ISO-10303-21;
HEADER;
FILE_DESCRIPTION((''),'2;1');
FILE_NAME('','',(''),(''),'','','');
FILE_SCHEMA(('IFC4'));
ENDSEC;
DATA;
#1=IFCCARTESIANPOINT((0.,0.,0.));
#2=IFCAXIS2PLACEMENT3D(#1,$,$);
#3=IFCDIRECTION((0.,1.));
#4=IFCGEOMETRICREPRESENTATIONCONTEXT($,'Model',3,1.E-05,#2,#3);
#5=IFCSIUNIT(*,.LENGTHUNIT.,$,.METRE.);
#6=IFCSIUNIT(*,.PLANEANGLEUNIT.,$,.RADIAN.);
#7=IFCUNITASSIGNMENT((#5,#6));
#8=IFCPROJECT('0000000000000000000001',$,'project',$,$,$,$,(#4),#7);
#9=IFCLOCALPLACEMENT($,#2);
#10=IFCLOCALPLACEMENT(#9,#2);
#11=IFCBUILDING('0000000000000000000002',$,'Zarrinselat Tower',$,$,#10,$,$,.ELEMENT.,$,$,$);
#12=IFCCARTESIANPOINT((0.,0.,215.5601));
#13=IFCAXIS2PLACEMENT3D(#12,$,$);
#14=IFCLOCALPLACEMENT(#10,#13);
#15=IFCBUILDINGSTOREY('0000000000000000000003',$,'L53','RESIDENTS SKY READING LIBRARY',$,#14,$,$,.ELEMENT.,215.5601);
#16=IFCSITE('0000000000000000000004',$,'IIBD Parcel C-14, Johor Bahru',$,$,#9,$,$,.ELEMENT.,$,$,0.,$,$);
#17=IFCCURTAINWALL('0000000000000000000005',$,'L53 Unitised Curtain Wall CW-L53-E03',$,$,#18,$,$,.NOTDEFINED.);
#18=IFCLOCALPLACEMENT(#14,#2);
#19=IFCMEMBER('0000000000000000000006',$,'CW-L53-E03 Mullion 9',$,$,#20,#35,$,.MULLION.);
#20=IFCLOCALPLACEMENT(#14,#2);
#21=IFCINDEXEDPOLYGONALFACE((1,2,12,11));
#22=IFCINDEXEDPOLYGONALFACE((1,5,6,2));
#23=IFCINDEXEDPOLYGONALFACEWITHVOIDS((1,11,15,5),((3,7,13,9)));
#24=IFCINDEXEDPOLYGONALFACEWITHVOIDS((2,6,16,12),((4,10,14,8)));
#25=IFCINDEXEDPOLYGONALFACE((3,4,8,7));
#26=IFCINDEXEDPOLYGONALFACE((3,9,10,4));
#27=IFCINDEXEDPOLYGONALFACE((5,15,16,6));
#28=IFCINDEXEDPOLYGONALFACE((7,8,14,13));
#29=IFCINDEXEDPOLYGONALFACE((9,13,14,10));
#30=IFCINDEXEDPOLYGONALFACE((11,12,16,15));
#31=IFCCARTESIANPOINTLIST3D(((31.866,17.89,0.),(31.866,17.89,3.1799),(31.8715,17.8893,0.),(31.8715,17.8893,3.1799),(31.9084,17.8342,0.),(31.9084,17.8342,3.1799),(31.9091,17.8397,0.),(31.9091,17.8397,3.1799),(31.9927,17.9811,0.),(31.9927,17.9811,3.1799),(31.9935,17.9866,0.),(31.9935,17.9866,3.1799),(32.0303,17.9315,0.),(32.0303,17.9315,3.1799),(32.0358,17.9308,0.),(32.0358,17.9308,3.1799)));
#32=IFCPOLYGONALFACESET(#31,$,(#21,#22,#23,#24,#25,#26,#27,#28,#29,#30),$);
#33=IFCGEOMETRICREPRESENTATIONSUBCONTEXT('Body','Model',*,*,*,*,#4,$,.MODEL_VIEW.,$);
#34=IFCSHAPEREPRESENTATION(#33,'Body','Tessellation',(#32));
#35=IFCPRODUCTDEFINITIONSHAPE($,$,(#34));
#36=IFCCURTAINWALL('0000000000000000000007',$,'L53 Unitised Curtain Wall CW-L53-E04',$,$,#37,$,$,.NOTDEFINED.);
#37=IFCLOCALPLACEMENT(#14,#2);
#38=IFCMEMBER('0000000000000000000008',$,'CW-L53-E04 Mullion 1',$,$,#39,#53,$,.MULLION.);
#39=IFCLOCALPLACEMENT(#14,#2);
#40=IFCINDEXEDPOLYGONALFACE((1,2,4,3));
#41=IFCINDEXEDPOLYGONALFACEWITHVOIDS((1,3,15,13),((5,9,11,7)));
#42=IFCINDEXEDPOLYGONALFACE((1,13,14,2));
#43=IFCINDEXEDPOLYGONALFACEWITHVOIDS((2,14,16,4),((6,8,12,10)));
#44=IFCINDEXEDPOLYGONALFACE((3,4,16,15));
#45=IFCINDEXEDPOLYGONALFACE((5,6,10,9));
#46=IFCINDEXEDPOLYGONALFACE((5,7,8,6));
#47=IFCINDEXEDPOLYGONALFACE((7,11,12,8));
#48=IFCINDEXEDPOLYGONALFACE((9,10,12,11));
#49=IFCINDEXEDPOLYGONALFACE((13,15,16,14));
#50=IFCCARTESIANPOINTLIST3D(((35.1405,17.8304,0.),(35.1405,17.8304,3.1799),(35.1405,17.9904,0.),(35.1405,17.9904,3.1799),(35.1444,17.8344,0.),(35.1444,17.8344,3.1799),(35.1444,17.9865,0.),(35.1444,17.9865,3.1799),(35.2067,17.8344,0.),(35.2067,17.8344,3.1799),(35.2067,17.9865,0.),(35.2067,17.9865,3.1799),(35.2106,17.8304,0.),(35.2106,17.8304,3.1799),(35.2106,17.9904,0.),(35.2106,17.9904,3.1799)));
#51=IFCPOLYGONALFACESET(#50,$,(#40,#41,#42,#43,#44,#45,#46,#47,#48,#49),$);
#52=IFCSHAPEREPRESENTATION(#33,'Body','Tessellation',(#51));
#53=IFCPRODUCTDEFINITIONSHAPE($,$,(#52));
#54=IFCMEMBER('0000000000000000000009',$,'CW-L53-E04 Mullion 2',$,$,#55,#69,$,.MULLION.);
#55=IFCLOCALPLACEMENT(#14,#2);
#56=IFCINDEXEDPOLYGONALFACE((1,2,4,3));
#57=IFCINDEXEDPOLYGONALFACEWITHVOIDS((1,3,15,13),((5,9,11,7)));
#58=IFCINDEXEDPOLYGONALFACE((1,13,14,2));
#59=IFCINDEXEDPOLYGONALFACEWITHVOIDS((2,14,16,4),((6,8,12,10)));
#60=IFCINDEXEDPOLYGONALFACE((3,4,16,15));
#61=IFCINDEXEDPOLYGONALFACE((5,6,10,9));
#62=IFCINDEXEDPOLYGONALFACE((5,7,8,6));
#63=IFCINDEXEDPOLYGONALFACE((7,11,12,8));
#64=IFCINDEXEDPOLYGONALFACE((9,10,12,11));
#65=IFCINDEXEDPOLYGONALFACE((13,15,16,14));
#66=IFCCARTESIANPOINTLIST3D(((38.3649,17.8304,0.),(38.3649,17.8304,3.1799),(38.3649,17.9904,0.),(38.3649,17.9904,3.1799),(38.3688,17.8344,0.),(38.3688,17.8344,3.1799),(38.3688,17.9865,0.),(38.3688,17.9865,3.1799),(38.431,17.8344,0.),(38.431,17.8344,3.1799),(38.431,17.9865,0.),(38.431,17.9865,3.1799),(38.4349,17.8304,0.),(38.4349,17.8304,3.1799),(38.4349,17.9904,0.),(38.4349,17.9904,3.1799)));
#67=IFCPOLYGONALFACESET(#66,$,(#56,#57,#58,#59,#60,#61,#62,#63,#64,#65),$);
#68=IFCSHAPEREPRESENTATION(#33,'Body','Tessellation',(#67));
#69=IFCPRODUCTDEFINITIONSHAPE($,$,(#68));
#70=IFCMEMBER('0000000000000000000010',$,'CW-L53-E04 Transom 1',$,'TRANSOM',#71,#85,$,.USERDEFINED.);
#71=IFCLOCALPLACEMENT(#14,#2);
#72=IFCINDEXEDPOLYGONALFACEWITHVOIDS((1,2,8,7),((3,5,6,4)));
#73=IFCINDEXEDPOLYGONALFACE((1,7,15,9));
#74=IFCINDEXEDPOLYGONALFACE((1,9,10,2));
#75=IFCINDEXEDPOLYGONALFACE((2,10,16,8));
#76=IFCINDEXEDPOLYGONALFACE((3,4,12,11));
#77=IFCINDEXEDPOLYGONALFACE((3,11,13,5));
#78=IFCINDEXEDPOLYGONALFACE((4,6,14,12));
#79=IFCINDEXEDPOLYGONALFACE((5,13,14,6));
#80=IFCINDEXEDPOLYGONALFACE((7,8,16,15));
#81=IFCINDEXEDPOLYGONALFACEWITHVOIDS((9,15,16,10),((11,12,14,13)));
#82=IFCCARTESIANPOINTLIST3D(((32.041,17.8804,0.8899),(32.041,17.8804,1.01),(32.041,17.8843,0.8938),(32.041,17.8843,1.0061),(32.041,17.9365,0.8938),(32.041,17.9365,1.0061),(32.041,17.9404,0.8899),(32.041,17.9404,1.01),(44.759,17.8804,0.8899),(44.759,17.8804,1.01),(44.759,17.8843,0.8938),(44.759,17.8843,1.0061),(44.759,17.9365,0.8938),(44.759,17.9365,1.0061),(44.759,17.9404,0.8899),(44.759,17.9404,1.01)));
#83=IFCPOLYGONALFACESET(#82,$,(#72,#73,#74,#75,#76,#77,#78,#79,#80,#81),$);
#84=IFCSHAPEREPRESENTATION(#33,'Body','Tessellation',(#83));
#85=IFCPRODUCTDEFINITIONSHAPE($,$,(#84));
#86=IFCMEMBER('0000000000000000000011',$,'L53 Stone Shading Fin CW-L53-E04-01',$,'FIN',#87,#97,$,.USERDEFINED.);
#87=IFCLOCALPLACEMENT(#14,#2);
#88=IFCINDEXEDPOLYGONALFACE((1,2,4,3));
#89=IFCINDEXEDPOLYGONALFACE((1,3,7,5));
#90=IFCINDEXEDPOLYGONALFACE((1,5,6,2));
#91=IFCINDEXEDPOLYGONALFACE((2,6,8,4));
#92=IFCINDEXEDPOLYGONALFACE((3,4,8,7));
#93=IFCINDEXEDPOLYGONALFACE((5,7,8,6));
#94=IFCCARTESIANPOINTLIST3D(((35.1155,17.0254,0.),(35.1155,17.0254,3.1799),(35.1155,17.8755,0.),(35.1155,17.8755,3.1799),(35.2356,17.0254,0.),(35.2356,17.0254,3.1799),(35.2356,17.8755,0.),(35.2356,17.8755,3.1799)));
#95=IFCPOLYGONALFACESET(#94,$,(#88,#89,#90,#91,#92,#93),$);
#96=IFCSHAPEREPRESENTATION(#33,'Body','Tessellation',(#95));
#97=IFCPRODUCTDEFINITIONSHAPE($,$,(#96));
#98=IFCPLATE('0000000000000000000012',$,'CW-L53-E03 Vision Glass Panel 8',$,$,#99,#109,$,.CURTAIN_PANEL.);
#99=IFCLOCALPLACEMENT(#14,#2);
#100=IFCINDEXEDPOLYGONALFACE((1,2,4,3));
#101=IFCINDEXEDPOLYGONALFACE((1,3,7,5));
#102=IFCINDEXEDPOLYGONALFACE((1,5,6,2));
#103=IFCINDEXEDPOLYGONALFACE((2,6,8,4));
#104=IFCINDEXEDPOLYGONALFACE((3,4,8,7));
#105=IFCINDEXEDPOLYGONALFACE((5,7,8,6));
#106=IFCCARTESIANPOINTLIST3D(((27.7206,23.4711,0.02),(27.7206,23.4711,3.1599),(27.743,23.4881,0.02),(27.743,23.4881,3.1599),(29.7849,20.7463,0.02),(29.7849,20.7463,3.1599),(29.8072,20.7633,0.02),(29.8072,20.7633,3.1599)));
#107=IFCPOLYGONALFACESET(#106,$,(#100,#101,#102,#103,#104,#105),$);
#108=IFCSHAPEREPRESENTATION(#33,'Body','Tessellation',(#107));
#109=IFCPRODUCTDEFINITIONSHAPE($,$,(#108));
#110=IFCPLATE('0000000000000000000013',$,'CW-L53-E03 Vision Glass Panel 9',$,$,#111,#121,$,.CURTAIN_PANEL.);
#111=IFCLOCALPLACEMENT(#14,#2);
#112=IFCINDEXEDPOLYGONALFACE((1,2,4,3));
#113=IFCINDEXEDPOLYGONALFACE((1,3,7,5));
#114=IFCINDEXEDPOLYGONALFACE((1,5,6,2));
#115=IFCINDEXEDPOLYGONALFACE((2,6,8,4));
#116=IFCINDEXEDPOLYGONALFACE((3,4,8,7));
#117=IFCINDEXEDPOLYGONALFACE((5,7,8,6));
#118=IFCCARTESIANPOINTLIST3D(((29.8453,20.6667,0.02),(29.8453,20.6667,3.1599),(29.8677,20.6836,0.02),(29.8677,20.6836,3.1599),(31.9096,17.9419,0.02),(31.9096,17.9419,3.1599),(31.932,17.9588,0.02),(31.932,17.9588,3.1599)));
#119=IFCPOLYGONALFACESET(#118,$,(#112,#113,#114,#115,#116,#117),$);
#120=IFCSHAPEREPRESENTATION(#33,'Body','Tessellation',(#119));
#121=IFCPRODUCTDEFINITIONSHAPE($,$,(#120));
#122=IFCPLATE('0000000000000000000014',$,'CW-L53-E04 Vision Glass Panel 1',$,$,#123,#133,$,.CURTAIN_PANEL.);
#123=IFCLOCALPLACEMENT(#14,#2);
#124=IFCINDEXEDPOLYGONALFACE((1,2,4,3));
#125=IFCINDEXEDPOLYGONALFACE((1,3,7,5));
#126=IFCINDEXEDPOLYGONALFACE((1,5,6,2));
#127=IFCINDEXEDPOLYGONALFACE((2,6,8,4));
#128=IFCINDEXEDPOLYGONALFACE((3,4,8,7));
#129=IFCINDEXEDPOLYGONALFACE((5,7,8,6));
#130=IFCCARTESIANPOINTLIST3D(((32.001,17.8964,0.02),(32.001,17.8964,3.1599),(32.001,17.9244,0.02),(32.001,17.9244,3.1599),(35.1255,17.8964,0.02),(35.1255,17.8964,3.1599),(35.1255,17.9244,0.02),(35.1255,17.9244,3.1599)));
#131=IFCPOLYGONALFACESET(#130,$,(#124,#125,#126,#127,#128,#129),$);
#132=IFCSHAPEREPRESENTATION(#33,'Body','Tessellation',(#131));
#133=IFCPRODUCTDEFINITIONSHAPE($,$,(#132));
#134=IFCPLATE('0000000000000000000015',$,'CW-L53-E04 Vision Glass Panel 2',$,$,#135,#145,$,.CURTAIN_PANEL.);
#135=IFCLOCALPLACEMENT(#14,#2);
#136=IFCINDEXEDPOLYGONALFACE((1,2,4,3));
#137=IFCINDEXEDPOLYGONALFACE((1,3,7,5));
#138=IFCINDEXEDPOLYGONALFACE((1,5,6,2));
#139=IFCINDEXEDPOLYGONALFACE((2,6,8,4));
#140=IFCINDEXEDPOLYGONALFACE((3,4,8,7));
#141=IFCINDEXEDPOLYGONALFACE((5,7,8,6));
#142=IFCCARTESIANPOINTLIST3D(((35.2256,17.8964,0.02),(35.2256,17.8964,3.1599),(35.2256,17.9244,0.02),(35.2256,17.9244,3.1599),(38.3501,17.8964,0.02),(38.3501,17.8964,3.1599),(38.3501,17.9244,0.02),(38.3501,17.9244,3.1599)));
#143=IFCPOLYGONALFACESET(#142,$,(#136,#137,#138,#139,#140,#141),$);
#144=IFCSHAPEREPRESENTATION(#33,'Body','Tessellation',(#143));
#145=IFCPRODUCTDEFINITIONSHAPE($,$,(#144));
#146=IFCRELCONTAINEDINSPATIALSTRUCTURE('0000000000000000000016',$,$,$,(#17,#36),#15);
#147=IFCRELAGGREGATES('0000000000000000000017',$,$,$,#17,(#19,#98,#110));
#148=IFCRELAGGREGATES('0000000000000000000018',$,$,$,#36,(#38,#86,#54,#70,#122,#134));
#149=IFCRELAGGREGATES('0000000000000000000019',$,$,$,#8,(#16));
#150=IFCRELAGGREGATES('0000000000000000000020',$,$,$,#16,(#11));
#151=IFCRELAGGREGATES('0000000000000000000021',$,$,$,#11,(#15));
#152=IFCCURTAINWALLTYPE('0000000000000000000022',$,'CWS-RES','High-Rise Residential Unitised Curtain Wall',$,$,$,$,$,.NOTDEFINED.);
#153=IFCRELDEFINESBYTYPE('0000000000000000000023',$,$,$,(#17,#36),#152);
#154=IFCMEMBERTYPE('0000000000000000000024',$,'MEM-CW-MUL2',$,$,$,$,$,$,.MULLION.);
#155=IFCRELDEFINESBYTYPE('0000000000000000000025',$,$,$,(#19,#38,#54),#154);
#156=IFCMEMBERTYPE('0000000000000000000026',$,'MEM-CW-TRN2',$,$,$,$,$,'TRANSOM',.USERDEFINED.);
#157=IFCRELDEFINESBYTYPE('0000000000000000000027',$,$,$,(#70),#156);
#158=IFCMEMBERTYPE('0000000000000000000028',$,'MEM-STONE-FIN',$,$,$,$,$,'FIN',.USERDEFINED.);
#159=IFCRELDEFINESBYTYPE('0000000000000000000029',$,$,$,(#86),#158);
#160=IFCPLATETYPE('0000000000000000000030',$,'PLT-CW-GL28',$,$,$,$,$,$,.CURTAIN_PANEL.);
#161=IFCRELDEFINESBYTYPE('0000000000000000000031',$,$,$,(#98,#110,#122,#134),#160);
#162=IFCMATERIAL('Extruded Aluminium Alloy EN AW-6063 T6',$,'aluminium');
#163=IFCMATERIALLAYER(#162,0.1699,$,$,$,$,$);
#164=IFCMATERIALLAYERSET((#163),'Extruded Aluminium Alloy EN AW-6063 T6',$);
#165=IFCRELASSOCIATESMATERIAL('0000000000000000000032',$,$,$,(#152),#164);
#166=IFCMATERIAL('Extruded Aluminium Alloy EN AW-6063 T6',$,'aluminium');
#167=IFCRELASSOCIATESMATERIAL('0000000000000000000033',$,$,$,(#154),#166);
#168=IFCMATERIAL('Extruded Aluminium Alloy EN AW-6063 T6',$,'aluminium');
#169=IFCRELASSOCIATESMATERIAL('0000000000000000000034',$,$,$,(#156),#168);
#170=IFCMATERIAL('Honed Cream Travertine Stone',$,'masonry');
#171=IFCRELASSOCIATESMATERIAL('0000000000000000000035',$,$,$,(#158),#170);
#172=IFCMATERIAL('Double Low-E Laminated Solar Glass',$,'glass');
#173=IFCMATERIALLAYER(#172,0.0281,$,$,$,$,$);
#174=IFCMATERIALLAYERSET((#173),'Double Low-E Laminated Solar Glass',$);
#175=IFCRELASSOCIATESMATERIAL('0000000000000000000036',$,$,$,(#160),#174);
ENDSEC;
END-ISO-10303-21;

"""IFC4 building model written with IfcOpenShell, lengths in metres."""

from ifc_helpers import new_model, si_unit, direction, frame, origin, origin_2d, place, context, subcontext, project, spatial, rectangle, hollow_rectangle, extrude, material, layer, layer_set, material_profile, profile_set, type_object, element, aggregate, save


model = new_model("IFC4")

# Units and contexts
model_context = context("Model", 3, precision=1e-05, world=origin(), true_north=direction((0.0, 1.0)))
body_context = subcontext(model_context, "Body", "Model", "MODEL_VIEW")
ifc_project = project(units=[si_unit("LENGTHUNIT", "METRE"), si_unit("PLANEANGLEUNIT", "RADIAN")], contexts=[model_context])

# Site, building, storey
site_placement = place(None, origin())
site = spatial("IfcSite", under=ifc_project, at=site_placement, Name="IIBD Parcel C-14, Johor Bahru", CompositionType="ELEMENT", RefElevation=0.0)
building_placement = place(site_placement, origin())
building = spatial("IfcBuilding", under=site, at=building_placement, Name="Zarrinselat Tower", CompositionType="ELEMENT")
storey_placement = place(building_placement, frame((0.0, 0.0, 215.5601)))
storey = spatial("IfcBuildingStorey", under=building, at=storey_placement, Name="L53", Description="RESIDENTS SKY READING LIBRARY", CompositionType="ELEMENT", Elevation=215.5601)

# Curtain walls, members
ifc_material_1 = material(Name="Extruded Aluminium Alloy EN AW-6063 T6", Category="aluminium")
ifc_layer_1 = layer(ifc_material_1, 0.1699)
ifc_layer_set_1 = layer_set([ifc_layer_1], Name="Extruded Aluminium Alloy EN AW-6063 T6")
curtain_wall_type = type_object("IfcCurtainWallType", Name="CWS-RES", Description="High-Rise Residential Unitised Curtain Wall", PredefinedType="NOTDEFINED", material=ifc_layer_set_1)
curtain_wall_1_placement = place(storey_placement, origin())
curtain_wall_1 = element("IfcCurtainWall", 1, at=curtain_wall_1_placement, inside=storey, type_object=curtain_wall_type, Name="L53 Unitised Curtain Wall CW-L53-E03", PredefinedType="NOTDEFINED")
ifc_material_2 = material(Name="Extruded Aluminium Alloy EN AW-6063 T6", Category="aluminium")
ifc_material_profile_1 = material_profile(ifc_material_2, hollow_rectangle(XDim=0.0701, YDim=0.1599, WallThickness=0.0039, at=origin_2d()), Name="RHS 160x70x4")
ifc_profile_set_1 = profile_set([ifc_material_profile_1], Name="Extruded Aluminium Alloy EN AW-6063 T6")
member_type_1 = type_object("IfcMemberType", Name="MEM-CW-MUL2", PredefinedType="MULLION", material=ifc_profile_set_1)
member_1_placement = place(storey_placement, frame((31.9509, 17.9104, 0.0), z_axis=(0.0, 0.0, 1.0), x_axis=(0.603859, -0.797091, 0.0)))
member_1 = element("IfcMember", 2, at=member_1_placement, type_object=member_type_1, Name="CW-L53-E03 Mullion 9", PredefinedType="MULLION", context=body_context, shape_type="SweptSolid", body=[
    extrude(hollow_rectangle(XDim=0.0701, YDim=0.1599, WallThickness=0.0039, at=origin_2d()), origin(), (0.0, 0.0, 1.0), 3.1799),
])
curtain_wall_2_placement = place(storey_placement, origin())
curtain_wall_2 = element("IfcCurtainWall", 3, at=curtain_wall_2_placement, inside=storey, type_object=curtain_wall_type, Name="L53 Unitised Curtain Wall CW-L53-E04", PredefinedType="NOTDEFINED")
member_2_placement = place(storey_placement, frame((35.1755, 17.9104, 0.0), z_axis=(0.0, 0.0, 1.0), x_axis=(1.0, 0.0, 0.0)))
member_2 = element("IfcMember", 4, at=member_2_placement, type_object=member_type_1, Name="CW-L53-E04 Mullion 1", PredefinedType="MULLION", context=body_context, shape_type="SweptSolid", body=[
    extrude(hollow_rectangle(XDim=0.0701, YDim=0.1599, WallThickness=0.0039, at=origin_2d()), origin(), (0.0, 0.0, 1.0), 3.1799),
])
member_3_placement = place(storey_placement, frame((38.3999, 17.9104, 0.0), z_axis=(0.0, 0.0, 1.0), x_axis=(1.0, 0.0, 0.0)))
member_3 = element("IfcMember", 5, at=member_3_placement, type_object=member_type_1, Name="CW-L53-E04 Mullion 2", PredefinedType="MULLION", context=body_context, shape_type="SweptSolid", body=[
    extrude(hollow_rectangle(XDim=0.0701, YDim=0.1599, WallThickness=0.0039, at=origin_2d()), origin(), (0.0, 0.0, 1.0), 3.1799),
])
ifc_material_3 = material(Name="Extruded Aluminium Alloy EN AW-6063 T6", Category="aluminium")
ifc_material_profile_2 = material_profile(ifc_material_3, hollow_rectangle(XDim=0.0601, YDim=0.1201, WallThickness=0.0039, at=origin_2d()), Name="RHS 120x60x4")
ifc_profile_set_2 = profile_set([ifc_material_profile_2], Name="Extruded Aluminium Alloy EN AW-6063 T6")
member_type_2 = type_object("IfcMemberType", Name="MEM-CW-TRN2", ElementType="TRANSOM", PredefinedType="USERDEFINED", material=ifc_profile_set_2)
member_4_placement = place(storey_placement, frame((32.041, 17.9104, 0.95), z_axis=(1.0, 0.0, 0.0), x_axis=(0.0, 1.0, 0.0)))
member_4 = element("IfcMember", 6, at=member_4_placement, type_object=member_type_2, Name="CW-L53-E04 Transom 1", ObjectType="TRANSOM", PredefinedType="USERDEFINED", context=body_context, shape_type="SweptSolid", body=[
    extrude(hollow_rectangle(XDim=0.0601, YDim=0.1201, WallThickness=0.0039, at=origin_2d()), origin(), (0.0, 0.0, 1.0), 12.718),
])
ifc_material_4 = material(Name="Honed Cream Travertine Stone", Category="masonry")
ifc_material_profile_3 = material_profile(ifc_material_4, rectangle(XDim=0.1201, YDim=0.8501, at=origin_2d()), Name="FIN 850x120")
ifc_profile_set_3 = profile_set([ifc_material_profile_3], Name="Honed Cream Travertine Stone")
member_type_3 = type_object("IfcMemberType", Name="MEM-STONE-FIN", ElementType="FIN", PredefinedType="USERDEFINED", material=ifc_profile_set_3)
member_5_placement = place(storey_placement, frame((35.1755, 17.4504, 0.0), z_axis=(0.0, 0.0, 1.0), x_axis=(-1.0, 0.0, 0.0)))
member_5 = element("IfcMember", 7, at=member_5_placement, type_object=member_type_3, Name="L53 Stone Shading Fin CW-L53-E04-01", ObjectType="FIN", PredefinedType="USERDEFINED", context=body_context, shape_type="SweptSolid", body=[
    extrude(rectangle(XDim=0.1201, YDim=0.8501, at=origin_2d()), origin(), (0.0, 0.0, 1.0), 3.1799),
])

# Plates
ifc_material_5 = material(Name="Double Low-E Laminated Solar Glass", Category="glass")
ifc_layer_2 = layer(ifc_material_5, 0.0281)
ifc_layer_set_2 = layer_set([ifc_layer_2], Name="Double Low-E Laminated Solar Glass")
plate_type = type_object("IfcPlateType", Name="PLT-CW-GL28", PredefinedType="CURTAIN_PANEL", material=ifc_layer_set_2)
plate_1_placement = place(storey_placement, frame((28.7639, 22.1172, 0.02), z_axis=(0.0, 0.0, 1.0), x_axis=(0.603859, -0.797091, 0.0)))
plate_1 = element("IfcPlate", 8, at=plate_1_placement, type_object=plate_type, Name="CW-L53-E03 Vision Glass Panel 8", PredefinedType="CURTAIN_PANEL", context=body_context, shape_type="SweptSolid", body=[
    extrude(rectangle(XDim=3.4185, YDim=0.0281, at=origin_2d()), origin(), (0.0, 0.0, 1.0), 3.1399),
])
plate_2_placement = place(storey_placement, frame((30.8887, 19.3127, 0.02), z_axis=(0.0, 0.0, 1.0), x_axis=(0.603859, -0.797091, 0.0)))
plate_2 = element("IfcPlate", 9, at=plate_2_placement, type_object=plate_type, Name="CW-L53-E03 Vision Glass Panel 9", PredefinedType="CURTAIN_PANEL", context=body_context, shape_type="SweptSolid", body=[
    extrude(rectangle(XDim=3.4185, YDim=0.0281, at=origin_2d()), origin(), (0.0, 0.0, 1.0), 3.1399),
])
aggregate(curtain_wall_1, [member_1, plate_1, plate_2])
plate_3_placement = place(storey_placement, frame((33.5632, 17.9104, 0.02), z_axis=(0.0, 0.0, 1.0), x_axis=(1.0, 0.0, 0.0)))
plate_3 = element("IfcPlate", 10, at=plate_3_placement, type_object=plate_type, Name="CW-L53-E04 Vision Glass Panel 1", PredefinedType="CURTAIN_PANEL", context=body_context, shape_type="SweptSolid", body=[
    extrude(rectangle(XDim=3.1245, YDim=0.0281, at=origin_2d()), origin(), (0.0, 0.0, 1.0), 3.1399),
])
plate_4_placement = place(storey_placement, frame((36.7878, 17.9104, 0.02), z_axis=(0.0, 0.0, 1.0), x_axis=(1.0, 0.0, 0.0)))
plate_4 = element("IfcPlate", 11, at=plate_4_placement, type_object=plate_type, Name="CW-L53-E04 Vision Glass Panel 2", PredefinedType="CURTAIN_PANEL", context=body_context, shape_type="SweptSolid", body=[
    extrude(rectangle(XDim=3.1245, YDim=0.0281, at=origin_2d()), origin(), (0.0, 0.0, 1.0), 3.1399),
])
aggregate(curtain_wall_2, [member_2, member_5, member_3, member_4, plate_3, plate_4])

save(model, "model.ifc")
